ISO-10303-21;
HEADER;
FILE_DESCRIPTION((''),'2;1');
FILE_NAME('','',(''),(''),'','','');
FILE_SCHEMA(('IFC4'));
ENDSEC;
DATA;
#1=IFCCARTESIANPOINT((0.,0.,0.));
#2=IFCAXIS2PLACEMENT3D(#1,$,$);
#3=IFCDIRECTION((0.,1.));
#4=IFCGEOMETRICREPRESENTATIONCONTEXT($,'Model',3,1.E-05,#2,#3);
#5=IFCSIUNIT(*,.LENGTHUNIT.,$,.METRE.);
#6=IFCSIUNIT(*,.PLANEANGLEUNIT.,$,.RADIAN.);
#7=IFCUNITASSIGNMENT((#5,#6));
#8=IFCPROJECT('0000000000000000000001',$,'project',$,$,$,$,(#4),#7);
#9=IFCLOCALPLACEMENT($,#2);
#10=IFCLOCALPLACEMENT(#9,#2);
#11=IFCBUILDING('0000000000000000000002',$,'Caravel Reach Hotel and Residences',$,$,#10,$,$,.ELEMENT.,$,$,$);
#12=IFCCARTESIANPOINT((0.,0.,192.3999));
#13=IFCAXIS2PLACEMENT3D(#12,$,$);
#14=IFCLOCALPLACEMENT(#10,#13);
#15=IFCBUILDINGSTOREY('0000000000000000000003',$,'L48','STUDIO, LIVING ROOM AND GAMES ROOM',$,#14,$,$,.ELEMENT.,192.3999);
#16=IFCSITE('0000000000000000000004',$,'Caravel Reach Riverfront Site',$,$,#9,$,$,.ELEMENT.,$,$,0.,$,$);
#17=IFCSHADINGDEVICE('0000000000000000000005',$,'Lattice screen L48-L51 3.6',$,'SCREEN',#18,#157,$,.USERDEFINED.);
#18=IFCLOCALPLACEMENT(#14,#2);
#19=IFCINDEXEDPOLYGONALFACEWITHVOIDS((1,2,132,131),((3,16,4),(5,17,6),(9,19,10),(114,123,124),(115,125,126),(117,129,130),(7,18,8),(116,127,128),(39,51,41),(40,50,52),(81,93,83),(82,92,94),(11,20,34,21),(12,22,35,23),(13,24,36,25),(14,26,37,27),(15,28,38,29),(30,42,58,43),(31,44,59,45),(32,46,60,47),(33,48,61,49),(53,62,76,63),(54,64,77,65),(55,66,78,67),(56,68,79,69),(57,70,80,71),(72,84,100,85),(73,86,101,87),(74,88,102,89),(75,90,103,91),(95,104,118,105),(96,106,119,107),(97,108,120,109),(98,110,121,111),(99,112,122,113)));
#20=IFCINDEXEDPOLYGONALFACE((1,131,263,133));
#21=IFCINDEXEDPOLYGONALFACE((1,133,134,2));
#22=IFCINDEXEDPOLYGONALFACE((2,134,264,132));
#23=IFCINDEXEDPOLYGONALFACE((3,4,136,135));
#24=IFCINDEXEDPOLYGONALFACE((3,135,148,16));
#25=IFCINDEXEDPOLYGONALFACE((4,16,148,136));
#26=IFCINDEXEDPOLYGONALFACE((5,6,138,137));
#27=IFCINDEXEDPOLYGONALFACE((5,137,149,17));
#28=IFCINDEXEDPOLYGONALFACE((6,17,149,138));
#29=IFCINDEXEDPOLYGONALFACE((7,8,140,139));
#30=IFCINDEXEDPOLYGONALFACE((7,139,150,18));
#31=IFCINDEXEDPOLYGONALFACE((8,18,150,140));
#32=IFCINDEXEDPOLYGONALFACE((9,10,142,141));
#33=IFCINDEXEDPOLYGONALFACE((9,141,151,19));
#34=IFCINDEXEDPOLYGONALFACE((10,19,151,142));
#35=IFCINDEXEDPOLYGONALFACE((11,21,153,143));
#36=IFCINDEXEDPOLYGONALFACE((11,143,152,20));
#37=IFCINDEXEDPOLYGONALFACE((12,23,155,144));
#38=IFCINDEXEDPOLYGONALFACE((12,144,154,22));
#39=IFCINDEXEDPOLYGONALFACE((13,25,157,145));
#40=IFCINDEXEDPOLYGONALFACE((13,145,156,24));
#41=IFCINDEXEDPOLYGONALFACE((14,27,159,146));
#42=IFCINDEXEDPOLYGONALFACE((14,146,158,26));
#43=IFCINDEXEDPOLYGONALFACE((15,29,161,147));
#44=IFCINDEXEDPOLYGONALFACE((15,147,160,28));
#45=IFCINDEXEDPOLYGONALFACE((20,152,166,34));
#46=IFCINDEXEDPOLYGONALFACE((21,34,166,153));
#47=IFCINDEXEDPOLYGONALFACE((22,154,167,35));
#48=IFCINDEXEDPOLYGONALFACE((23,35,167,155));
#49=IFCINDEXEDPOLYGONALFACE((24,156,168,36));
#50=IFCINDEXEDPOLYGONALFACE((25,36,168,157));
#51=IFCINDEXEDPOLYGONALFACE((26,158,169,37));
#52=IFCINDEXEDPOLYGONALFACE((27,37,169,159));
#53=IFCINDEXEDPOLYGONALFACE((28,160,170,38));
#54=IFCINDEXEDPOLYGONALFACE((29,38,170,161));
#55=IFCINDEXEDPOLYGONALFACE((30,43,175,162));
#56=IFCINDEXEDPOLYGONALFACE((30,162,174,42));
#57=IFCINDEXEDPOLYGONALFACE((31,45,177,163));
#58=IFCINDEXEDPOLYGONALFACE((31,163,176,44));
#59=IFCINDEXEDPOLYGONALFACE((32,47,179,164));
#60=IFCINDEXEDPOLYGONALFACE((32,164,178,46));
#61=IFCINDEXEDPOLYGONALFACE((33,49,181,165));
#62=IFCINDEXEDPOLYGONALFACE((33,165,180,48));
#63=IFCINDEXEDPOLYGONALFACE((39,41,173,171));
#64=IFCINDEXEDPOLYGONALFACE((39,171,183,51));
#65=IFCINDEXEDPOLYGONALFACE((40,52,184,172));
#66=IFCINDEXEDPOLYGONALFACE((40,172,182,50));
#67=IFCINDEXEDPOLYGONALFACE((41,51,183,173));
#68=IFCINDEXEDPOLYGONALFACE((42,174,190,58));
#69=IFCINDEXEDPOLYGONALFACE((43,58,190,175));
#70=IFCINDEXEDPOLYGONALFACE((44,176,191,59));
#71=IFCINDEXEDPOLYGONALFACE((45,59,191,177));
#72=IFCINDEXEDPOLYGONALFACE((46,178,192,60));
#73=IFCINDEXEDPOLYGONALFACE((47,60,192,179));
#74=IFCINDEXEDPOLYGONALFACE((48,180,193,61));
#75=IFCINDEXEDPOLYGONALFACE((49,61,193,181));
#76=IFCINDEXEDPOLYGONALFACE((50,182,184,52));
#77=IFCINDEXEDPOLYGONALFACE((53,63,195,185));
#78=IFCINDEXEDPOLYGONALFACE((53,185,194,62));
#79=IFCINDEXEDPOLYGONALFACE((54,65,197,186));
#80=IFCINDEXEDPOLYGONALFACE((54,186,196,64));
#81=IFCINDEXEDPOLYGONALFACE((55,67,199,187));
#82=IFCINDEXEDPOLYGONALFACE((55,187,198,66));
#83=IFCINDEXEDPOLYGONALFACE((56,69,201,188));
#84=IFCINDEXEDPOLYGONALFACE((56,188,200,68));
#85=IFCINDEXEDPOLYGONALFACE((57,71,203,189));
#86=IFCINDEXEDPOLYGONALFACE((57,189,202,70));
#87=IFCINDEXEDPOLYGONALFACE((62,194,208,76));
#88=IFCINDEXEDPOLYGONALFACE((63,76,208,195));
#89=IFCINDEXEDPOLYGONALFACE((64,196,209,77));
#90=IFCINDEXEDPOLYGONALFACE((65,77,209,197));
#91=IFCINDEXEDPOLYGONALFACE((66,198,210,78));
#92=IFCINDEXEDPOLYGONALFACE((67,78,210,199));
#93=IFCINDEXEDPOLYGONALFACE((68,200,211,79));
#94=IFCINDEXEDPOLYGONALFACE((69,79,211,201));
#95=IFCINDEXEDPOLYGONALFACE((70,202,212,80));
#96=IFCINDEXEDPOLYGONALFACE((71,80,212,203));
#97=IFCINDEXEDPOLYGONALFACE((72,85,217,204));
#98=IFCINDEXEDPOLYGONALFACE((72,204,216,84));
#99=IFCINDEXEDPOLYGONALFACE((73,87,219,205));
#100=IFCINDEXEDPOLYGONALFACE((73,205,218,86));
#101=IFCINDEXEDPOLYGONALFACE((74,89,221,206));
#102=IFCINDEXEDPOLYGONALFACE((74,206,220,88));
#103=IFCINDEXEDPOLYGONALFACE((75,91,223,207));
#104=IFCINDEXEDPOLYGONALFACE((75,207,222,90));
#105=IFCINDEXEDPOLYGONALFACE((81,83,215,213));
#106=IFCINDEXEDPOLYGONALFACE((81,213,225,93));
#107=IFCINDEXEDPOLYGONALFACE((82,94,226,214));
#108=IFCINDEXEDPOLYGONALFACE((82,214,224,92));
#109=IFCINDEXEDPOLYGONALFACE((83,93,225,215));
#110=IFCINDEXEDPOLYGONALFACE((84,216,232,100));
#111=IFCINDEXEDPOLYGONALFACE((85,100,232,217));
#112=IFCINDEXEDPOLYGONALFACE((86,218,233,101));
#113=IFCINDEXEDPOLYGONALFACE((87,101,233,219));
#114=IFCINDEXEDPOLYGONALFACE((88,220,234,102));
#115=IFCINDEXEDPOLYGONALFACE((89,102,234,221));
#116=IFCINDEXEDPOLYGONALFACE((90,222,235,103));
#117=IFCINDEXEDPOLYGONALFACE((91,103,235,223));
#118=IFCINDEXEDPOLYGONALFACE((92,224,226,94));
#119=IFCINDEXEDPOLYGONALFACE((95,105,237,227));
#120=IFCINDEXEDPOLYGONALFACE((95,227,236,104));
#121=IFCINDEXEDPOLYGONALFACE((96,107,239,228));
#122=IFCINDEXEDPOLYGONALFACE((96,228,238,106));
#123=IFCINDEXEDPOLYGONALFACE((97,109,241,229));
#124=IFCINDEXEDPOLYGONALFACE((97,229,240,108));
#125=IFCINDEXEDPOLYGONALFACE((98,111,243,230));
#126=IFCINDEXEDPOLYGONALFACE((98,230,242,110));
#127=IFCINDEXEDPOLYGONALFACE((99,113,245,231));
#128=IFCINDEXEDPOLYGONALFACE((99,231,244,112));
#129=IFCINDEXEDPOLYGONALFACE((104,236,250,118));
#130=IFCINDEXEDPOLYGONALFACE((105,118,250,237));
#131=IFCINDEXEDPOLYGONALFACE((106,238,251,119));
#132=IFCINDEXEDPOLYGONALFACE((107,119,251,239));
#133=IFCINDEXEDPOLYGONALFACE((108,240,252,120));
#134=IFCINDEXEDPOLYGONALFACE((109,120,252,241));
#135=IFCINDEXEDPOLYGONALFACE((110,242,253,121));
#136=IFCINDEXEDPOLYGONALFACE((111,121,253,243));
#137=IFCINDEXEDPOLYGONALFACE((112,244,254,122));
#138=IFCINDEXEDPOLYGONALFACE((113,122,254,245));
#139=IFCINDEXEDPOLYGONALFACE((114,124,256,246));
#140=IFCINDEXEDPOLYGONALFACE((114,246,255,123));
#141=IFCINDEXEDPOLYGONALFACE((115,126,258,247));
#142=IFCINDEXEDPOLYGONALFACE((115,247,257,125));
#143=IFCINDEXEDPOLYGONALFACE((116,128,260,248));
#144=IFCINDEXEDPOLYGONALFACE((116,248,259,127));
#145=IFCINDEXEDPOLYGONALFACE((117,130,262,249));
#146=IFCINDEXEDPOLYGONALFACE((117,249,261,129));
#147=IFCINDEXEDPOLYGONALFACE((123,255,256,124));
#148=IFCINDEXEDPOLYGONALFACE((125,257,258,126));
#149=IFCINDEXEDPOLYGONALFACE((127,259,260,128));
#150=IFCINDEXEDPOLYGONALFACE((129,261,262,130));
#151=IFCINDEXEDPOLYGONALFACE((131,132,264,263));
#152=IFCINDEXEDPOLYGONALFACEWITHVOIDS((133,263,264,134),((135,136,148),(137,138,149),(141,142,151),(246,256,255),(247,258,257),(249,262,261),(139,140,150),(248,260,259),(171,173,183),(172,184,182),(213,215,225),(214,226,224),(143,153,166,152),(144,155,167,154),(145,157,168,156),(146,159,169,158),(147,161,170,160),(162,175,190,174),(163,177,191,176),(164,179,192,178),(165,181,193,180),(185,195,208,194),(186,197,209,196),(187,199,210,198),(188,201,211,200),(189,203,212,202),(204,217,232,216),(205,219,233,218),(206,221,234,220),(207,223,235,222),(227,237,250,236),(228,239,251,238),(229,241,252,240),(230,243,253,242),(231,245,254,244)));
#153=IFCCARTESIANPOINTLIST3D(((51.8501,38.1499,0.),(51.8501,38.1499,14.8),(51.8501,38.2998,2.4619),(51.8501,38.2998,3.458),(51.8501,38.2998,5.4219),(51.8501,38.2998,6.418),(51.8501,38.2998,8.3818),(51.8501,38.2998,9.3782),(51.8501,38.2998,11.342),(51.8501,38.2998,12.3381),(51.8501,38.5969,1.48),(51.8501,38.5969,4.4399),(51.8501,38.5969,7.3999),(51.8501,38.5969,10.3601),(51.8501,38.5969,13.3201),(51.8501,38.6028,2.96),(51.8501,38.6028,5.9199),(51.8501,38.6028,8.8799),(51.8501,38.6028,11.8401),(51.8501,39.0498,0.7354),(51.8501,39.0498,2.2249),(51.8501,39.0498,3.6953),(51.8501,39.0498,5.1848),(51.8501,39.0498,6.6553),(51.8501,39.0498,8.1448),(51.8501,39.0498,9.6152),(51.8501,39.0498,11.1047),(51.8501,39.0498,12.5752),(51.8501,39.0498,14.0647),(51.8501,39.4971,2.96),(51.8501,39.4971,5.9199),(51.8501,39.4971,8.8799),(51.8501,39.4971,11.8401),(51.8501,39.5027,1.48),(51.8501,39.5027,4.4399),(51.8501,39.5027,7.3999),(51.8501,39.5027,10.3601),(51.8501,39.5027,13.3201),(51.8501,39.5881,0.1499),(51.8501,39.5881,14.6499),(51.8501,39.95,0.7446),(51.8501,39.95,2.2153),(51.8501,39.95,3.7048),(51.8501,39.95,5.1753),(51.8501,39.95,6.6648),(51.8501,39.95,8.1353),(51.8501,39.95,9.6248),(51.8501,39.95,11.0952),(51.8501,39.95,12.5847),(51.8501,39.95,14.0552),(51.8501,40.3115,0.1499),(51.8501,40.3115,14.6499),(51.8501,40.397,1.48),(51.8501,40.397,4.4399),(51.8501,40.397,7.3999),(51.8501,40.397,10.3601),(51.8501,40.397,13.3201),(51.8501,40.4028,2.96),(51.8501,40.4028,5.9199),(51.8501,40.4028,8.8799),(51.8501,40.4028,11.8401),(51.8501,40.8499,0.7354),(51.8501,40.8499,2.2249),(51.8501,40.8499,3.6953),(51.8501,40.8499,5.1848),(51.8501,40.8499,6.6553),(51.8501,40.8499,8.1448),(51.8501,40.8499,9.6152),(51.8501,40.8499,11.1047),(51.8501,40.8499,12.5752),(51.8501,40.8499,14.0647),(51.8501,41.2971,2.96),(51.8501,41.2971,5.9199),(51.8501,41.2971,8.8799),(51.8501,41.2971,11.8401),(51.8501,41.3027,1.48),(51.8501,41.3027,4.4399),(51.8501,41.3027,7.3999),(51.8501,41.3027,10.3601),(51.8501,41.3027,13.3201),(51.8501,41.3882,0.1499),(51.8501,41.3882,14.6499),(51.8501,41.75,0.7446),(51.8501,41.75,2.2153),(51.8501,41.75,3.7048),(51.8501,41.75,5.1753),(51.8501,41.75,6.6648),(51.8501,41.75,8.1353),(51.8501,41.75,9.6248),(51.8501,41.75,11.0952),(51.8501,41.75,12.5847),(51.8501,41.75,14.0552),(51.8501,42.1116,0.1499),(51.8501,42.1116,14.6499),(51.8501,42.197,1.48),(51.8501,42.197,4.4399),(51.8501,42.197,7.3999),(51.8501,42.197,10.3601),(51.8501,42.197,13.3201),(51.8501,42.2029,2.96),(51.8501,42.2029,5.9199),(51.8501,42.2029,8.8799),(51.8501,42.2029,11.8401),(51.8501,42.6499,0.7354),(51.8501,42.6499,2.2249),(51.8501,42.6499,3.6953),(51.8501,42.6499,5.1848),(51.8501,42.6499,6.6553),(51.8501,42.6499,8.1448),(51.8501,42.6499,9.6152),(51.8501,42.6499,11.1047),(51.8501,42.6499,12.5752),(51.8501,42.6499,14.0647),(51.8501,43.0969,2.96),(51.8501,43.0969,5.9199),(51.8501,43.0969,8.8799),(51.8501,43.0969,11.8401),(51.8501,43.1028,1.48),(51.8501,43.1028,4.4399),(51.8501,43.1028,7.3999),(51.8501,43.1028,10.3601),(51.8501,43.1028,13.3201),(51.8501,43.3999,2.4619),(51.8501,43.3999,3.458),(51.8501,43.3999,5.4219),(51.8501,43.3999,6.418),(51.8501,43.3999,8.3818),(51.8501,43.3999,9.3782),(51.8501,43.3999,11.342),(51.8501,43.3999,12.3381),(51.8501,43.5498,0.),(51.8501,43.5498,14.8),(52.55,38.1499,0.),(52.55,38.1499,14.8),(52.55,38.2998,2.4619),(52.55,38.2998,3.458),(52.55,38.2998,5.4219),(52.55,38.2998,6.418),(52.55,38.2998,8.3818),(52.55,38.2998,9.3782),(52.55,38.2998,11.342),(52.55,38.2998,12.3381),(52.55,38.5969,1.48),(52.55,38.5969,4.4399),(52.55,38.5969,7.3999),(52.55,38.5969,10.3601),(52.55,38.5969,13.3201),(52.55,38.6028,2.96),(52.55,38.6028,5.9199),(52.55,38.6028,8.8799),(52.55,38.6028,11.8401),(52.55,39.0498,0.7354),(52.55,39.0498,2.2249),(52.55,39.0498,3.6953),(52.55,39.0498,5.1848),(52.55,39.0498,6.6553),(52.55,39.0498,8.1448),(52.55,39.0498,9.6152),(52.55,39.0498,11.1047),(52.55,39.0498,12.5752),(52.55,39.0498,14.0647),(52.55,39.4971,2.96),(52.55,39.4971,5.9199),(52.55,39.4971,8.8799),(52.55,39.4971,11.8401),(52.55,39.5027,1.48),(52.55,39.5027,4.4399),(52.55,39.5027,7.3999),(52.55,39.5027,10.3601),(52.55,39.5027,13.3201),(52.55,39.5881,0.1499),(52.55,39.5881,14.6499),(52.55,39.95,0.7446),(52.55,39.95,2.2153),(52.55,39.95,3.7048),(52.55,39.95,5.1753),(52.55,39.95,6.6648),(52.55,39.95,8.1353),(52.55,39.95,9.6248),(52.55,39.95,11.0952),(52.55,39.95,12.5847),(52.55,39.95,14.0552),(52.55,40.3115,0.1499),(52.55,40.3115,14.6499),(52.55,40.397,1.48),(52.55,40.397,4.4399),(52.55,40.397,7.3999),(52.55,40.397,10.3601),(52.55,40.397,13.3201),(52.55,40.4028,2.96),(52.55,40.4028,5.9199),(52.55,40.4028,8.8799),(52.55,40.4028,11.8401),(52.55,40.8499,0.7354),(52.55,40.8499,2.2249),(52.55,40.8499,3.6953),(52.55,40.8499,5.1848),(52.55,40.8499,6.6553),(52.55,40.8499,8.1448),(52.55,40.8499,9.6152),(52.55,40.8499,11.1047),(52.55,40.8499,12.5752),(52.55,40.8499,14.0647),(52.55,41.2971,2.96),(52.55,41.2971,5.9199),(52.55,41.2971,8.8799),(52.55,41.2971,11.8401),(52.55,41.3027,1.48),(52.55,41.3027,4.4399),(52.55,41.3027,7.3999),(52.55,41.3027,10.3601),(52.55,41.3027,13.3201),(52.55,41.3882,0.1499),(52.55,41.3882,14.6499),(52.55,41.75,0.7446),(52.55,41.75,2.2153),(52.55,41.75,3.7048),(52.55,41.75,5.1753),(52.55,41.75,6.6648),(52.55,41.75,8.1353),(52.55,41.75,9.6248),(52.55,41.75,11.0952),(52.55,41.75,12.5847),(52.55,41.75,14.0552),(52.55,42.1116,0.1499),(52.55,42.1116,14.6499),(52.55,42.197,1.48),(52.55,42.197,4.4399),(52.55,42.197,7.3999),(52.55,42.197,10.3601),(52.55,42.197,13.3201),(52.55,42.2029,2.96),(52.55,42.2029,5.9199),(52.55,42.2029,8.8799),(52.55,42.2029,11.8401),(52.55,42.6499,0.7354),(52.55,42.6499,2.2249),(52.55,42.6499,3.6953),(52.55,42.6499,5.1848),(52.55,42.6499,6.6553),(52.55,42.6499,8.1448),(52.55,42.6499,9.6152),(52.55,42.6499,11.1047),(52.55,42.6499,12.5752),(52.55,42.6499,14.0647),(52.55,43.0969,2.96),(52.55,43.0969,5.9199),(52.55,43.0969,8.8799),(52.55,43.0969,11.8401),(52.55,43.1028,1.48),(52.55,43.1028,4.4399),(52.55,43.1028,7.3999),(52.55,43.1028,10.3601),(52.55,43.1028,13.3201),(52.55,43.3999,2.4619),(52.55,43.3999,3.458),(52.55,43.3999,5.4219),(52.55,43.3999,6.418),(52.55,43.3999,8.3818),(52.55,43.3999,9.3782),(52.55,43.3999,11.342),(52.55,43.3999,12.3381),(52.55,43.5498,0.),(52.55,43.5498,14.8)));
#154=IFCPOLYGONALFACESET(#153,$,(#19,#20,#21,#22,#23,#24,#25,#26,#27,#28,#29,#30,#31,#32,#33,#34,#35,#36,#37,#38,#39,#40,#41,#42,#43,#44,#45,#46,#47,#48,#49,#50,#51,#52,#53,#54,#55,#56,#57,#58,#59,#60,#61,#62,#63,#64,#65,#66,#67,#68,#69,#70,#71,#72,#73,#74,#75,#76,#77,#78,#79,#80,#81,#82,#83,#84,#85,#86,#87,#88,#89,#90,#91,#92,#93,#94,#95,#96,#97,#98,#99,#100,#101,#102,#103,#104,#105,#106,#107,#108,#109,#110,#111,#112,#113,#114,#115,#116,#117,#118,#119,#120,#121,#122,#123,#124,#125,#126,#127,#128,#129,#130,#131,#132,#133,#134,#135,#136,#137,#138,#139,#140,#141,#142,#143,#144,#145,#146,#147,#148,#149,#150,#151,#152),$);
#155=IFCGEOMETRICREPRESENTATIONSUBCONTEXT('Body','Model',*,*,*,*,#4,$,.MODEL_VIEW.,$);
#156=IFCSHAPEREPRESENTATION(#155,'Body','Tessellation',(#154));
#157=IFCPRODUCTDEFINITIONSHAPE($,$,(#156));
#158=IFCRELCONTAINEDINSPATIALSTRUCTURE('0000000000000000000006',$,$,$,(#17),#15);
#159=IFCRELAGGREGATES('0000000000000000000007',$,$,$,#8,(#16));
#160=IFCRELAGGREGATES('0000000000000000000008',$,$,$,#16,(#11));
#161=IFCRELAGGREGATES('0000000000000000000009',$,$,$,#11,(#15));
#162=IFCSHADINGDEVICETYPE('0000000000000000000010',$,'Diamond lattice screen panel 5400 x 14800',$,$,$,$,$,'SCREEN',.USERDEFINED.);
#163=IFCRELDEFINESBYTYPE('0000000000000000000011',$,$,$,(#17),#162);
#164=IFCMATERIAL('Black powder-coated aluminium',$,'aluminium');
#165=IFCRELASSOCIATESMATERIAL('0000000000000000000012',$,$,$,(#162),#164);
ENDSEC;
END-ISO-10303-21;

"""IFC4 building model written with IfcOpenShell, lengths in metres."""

from ifc_helpers import new_model, si_unit, direction, frame, origin, place, context, subcontext, project, spatial, polyline, outline, extrude, material, type_object, element, save


model = new_model("IFC4")

# Units and contexts
model_context = context("Model", 3, precision=1e-05, world=origin(), true_north=direction((0.0, 1.0)))
body_context = subcontext(model_context, "Body", "Model", "MODEL_VIEW")
ifc_project = project(units=[si_unit("LENGTHUNIT", "METRE"), si_unit("PLANEANGLEUNIT", "RADIAN")], contexts=[model_context])

# Site, building, storey
site_placement = place(None, origin())
site = spatial("IfcSite", under=ifc_project, at=site_placement, Name="Caravel Reach Riverfront Site", CompositionType="ELEMENT", RefElevation=0.0)
building_placement = place(site_placement, origin())
building = spatial("IfcBuilding", under=site, at=building_placement, Name="Caravel Reach Hotel and Residences", CompositionType="ELEMENT")
storey_placement = place(building_placement, frame((0.0, 0.0, 192.3999)))
storey = spatial("IfcBuildingStorey", under=building, at=storey_placement, Name="L48", Description="STUDIO, LIVING ROOM AND GAMES ROOM", CompositionType="ELEMENT", Elevation=192.3999)

# Shading device
ifc_material_1 = material(Name="Black powder-coated aluminium", Category="aluminium")
shading_device_type_1 = type_object("IfcShadingDeviceType", Name="Diamond lattice screen panel 5400 x 14800", ElementType="SCREEN", PredefinedType="USERDEFINED", material=ifc_material_1)
shading_device_1_placement = place(storey_placement, frame((51.8501, 38.1499, 0.0), z_axis=(1.0, 0.0, 0.0), x_axis=(0.0, 1.0, 0.0)))
element("IfcShadingDevice", 1, at=shading_device_1_placement, inside=storey, type_object=shading_device_type_1, Name="Lattice screen L48-L51 3.6", ObjectType="SCREEN", PredefinedType="USERDEFINED", context=body_context, shape_type="SweptSolid", body=[
    extrude(outline(polyline([(0.0, 0.0), (5.3999, 0.0), (5.3999, 14.8), (0.0, 14.8), (0.0, 0.0)]), holes=[polyline([(0.4529, 2.96), (0.1499, 3.458), (0.1499, 2.4619), (0.4529, 2.96)]), polyline([(0.4529, 5.9199), (0.1499, 6.418), (0.1499, 5.4219), (0.4529, 5.9199)]), polyline([(0.4529, 8.8799), (0.1499, 9.3782), (0.1499, 8.3818), (0.4529, 8.8799)]), polyline([(0.4529, 11.8401), (0.1499, 12.3381), (0.1499, 11.342), (0.4529, 11.8401)]), polyline([(0.8999, 2.2249), (0.447, 1.48), (0.8999, 0.7354), (1.3528, 1.48), (0.8999, 2.2249)]), polyline([(0.8999, 5.1848), (0.447, 4.4399), (0.8999, 3.6953), (1.3528, 4.4399), (0.8999, 5.1848)]), polyline([(0.8999, 8.1448), (0.447, 7.3999), (0.8999, 6.6553), (1.3528, 7.3999), (0.8999, 8.1448)]), polyline([(0.8999, 11.1047), (0.447, 10.3601), (0.8999, 9.6152), (1.3528, 10.3601), (0.8999, 11.1047)]), polyline([(0.8999, 14.0647), (0.447, 13.3201), (0.8999, 12.5752), (1.3528, 13.3201), (0.8999, 14.0647)]), polyline([(1.8, 0.7446), (1.4382, 0.1499), (2.1616, 0.1499), (1.8, 0.7446)]), polyline([(1.8, 3.7048), (1.3472, 2.96), (1.8, 2.2153), (2.2529, 2.96), (1.8, 3.7048)]), polyline([(1.8, 6.6648), (1.3472, 5.9199), (1.8, 5.1753), (2.2529, 5.9199), (1.8, 6.6648)]), polyline([(1.8, 9.6248), (1.3472, 8.8799), (1.8, 8.1353), (2.2529, 8.8799), (1.8, 9.6248)]), polyline([(1.8, 12.5847), (1.3472, 11.8401), (1.8, 11.0952), (2.2529, 11.8401), (1.8, 12.5847)]), polyline([(1.8, 14.0552), (2.1616, 14.6499), (1.4382, 14.6499), (1.8, 14.0552)]), polyline([(2.7, 2.2249), (2.2471, 1.48), (2.7, 0.7354), (3.1528, 1.48), (2.7, 2.2249)]), polyline([(2.7, 5.1848), (2.2471, 4.4399), (2.7, 3.6953), (3.1528, 4.4399), (2.7, 5.1848)]), polyline([(2.7, 8.1448), (2.2471, 7.3999), (2.7, 6.6553), (3.1528, 7.3999), (2.7, 8.1448)]), polyline([(2.7, 11.1047), (2.2471, 10.3601), (2.7, 9.6152), (3.1528, 10.3601), (2.7, 11.1047)]), polyline([(2.7, 14.0647), (2.2471, 13.3201), (2.7, 12.5752), (3.1528, 13.3201), (2.7, 14.0647)]), polyline([(3.6001, 0.7446), (3.2383, 0.1499), (3.9617, 0.1499), (3.6001, 0.7446)]), polyline([(3.6001, 3.7048), (3.1472, 2.96), (3.6001, 2.2153), (4.053, 2.96), (3.6001, 3.7048)]), polyline([(3.6001, 6.6648), (3.1472, 5.9199), (3.6001, 5.1753), (4.053, 5.9199), (3.6001, 6.6648)]), polyline([(3.6001, 9.6248), (3.1472, 8.8799), (3.6001, 8.1353), (4.053, 8.8799), (3.6001, 9.6248)]), polyline([(3.6001, 12.5847), (3.1472, 11.8401), (3.6001, 11.0952), (4.053, 11.8401), (3.6001, 12.5847)]), polyline([(3.6001, 14.0552), (3.9617, 14.6499), (3.2383, 14.6499), (3.6001, 14.0552)]), polyline([(4.5, 2.2249), (4.0471, 1.48), (4.5, 0.7354), (4.9529, 1.48), (4.5, 2.2249)]), polyline([(4.5, 5.1848), (4.0471, 4.4399), (4.5, 3.6953), (4.9529, 4.4399), (4.5, 5.1848)]), polyline([(4.5, 8.1448), (4.0471, 7.3999), (4.5, 6.6553), (4.9529, 7.3999), (4.5, 8.1448)]), polyline([(4.5, 11.1047), (4.0471, 10.3601), (4.5, 9.6152), (4.9529, 10.3601), (4.5, 11.1047)]), polyline([(4.5, 14.0647), (4.0471, 13.3201), (4.5, 12.5752), (4.9529, 13.3201), (4.5, 14.0647)]), polyline([(4.947, 2.96), (5.25, 2.4619), (5.25, 3.458), (4.947, 2.96)]), polyline([(4.947, 5.9199), (5.25, 5.4219), (5.25, 6.418), (4.947, 5.9199)]), polyline([(4.947, 8.8799), (5.25, 8.3818), (5.25, 9.3782), (4.947, 8.8799)]), polyline([(4.947, 11.8401), (5.25, 11.342), (5.25, 12.3381), (4.947, 11.8401)])]), origin(), (0.0, 0.0, 1.0), 0.7),
])

save(model, "model.ifc")
